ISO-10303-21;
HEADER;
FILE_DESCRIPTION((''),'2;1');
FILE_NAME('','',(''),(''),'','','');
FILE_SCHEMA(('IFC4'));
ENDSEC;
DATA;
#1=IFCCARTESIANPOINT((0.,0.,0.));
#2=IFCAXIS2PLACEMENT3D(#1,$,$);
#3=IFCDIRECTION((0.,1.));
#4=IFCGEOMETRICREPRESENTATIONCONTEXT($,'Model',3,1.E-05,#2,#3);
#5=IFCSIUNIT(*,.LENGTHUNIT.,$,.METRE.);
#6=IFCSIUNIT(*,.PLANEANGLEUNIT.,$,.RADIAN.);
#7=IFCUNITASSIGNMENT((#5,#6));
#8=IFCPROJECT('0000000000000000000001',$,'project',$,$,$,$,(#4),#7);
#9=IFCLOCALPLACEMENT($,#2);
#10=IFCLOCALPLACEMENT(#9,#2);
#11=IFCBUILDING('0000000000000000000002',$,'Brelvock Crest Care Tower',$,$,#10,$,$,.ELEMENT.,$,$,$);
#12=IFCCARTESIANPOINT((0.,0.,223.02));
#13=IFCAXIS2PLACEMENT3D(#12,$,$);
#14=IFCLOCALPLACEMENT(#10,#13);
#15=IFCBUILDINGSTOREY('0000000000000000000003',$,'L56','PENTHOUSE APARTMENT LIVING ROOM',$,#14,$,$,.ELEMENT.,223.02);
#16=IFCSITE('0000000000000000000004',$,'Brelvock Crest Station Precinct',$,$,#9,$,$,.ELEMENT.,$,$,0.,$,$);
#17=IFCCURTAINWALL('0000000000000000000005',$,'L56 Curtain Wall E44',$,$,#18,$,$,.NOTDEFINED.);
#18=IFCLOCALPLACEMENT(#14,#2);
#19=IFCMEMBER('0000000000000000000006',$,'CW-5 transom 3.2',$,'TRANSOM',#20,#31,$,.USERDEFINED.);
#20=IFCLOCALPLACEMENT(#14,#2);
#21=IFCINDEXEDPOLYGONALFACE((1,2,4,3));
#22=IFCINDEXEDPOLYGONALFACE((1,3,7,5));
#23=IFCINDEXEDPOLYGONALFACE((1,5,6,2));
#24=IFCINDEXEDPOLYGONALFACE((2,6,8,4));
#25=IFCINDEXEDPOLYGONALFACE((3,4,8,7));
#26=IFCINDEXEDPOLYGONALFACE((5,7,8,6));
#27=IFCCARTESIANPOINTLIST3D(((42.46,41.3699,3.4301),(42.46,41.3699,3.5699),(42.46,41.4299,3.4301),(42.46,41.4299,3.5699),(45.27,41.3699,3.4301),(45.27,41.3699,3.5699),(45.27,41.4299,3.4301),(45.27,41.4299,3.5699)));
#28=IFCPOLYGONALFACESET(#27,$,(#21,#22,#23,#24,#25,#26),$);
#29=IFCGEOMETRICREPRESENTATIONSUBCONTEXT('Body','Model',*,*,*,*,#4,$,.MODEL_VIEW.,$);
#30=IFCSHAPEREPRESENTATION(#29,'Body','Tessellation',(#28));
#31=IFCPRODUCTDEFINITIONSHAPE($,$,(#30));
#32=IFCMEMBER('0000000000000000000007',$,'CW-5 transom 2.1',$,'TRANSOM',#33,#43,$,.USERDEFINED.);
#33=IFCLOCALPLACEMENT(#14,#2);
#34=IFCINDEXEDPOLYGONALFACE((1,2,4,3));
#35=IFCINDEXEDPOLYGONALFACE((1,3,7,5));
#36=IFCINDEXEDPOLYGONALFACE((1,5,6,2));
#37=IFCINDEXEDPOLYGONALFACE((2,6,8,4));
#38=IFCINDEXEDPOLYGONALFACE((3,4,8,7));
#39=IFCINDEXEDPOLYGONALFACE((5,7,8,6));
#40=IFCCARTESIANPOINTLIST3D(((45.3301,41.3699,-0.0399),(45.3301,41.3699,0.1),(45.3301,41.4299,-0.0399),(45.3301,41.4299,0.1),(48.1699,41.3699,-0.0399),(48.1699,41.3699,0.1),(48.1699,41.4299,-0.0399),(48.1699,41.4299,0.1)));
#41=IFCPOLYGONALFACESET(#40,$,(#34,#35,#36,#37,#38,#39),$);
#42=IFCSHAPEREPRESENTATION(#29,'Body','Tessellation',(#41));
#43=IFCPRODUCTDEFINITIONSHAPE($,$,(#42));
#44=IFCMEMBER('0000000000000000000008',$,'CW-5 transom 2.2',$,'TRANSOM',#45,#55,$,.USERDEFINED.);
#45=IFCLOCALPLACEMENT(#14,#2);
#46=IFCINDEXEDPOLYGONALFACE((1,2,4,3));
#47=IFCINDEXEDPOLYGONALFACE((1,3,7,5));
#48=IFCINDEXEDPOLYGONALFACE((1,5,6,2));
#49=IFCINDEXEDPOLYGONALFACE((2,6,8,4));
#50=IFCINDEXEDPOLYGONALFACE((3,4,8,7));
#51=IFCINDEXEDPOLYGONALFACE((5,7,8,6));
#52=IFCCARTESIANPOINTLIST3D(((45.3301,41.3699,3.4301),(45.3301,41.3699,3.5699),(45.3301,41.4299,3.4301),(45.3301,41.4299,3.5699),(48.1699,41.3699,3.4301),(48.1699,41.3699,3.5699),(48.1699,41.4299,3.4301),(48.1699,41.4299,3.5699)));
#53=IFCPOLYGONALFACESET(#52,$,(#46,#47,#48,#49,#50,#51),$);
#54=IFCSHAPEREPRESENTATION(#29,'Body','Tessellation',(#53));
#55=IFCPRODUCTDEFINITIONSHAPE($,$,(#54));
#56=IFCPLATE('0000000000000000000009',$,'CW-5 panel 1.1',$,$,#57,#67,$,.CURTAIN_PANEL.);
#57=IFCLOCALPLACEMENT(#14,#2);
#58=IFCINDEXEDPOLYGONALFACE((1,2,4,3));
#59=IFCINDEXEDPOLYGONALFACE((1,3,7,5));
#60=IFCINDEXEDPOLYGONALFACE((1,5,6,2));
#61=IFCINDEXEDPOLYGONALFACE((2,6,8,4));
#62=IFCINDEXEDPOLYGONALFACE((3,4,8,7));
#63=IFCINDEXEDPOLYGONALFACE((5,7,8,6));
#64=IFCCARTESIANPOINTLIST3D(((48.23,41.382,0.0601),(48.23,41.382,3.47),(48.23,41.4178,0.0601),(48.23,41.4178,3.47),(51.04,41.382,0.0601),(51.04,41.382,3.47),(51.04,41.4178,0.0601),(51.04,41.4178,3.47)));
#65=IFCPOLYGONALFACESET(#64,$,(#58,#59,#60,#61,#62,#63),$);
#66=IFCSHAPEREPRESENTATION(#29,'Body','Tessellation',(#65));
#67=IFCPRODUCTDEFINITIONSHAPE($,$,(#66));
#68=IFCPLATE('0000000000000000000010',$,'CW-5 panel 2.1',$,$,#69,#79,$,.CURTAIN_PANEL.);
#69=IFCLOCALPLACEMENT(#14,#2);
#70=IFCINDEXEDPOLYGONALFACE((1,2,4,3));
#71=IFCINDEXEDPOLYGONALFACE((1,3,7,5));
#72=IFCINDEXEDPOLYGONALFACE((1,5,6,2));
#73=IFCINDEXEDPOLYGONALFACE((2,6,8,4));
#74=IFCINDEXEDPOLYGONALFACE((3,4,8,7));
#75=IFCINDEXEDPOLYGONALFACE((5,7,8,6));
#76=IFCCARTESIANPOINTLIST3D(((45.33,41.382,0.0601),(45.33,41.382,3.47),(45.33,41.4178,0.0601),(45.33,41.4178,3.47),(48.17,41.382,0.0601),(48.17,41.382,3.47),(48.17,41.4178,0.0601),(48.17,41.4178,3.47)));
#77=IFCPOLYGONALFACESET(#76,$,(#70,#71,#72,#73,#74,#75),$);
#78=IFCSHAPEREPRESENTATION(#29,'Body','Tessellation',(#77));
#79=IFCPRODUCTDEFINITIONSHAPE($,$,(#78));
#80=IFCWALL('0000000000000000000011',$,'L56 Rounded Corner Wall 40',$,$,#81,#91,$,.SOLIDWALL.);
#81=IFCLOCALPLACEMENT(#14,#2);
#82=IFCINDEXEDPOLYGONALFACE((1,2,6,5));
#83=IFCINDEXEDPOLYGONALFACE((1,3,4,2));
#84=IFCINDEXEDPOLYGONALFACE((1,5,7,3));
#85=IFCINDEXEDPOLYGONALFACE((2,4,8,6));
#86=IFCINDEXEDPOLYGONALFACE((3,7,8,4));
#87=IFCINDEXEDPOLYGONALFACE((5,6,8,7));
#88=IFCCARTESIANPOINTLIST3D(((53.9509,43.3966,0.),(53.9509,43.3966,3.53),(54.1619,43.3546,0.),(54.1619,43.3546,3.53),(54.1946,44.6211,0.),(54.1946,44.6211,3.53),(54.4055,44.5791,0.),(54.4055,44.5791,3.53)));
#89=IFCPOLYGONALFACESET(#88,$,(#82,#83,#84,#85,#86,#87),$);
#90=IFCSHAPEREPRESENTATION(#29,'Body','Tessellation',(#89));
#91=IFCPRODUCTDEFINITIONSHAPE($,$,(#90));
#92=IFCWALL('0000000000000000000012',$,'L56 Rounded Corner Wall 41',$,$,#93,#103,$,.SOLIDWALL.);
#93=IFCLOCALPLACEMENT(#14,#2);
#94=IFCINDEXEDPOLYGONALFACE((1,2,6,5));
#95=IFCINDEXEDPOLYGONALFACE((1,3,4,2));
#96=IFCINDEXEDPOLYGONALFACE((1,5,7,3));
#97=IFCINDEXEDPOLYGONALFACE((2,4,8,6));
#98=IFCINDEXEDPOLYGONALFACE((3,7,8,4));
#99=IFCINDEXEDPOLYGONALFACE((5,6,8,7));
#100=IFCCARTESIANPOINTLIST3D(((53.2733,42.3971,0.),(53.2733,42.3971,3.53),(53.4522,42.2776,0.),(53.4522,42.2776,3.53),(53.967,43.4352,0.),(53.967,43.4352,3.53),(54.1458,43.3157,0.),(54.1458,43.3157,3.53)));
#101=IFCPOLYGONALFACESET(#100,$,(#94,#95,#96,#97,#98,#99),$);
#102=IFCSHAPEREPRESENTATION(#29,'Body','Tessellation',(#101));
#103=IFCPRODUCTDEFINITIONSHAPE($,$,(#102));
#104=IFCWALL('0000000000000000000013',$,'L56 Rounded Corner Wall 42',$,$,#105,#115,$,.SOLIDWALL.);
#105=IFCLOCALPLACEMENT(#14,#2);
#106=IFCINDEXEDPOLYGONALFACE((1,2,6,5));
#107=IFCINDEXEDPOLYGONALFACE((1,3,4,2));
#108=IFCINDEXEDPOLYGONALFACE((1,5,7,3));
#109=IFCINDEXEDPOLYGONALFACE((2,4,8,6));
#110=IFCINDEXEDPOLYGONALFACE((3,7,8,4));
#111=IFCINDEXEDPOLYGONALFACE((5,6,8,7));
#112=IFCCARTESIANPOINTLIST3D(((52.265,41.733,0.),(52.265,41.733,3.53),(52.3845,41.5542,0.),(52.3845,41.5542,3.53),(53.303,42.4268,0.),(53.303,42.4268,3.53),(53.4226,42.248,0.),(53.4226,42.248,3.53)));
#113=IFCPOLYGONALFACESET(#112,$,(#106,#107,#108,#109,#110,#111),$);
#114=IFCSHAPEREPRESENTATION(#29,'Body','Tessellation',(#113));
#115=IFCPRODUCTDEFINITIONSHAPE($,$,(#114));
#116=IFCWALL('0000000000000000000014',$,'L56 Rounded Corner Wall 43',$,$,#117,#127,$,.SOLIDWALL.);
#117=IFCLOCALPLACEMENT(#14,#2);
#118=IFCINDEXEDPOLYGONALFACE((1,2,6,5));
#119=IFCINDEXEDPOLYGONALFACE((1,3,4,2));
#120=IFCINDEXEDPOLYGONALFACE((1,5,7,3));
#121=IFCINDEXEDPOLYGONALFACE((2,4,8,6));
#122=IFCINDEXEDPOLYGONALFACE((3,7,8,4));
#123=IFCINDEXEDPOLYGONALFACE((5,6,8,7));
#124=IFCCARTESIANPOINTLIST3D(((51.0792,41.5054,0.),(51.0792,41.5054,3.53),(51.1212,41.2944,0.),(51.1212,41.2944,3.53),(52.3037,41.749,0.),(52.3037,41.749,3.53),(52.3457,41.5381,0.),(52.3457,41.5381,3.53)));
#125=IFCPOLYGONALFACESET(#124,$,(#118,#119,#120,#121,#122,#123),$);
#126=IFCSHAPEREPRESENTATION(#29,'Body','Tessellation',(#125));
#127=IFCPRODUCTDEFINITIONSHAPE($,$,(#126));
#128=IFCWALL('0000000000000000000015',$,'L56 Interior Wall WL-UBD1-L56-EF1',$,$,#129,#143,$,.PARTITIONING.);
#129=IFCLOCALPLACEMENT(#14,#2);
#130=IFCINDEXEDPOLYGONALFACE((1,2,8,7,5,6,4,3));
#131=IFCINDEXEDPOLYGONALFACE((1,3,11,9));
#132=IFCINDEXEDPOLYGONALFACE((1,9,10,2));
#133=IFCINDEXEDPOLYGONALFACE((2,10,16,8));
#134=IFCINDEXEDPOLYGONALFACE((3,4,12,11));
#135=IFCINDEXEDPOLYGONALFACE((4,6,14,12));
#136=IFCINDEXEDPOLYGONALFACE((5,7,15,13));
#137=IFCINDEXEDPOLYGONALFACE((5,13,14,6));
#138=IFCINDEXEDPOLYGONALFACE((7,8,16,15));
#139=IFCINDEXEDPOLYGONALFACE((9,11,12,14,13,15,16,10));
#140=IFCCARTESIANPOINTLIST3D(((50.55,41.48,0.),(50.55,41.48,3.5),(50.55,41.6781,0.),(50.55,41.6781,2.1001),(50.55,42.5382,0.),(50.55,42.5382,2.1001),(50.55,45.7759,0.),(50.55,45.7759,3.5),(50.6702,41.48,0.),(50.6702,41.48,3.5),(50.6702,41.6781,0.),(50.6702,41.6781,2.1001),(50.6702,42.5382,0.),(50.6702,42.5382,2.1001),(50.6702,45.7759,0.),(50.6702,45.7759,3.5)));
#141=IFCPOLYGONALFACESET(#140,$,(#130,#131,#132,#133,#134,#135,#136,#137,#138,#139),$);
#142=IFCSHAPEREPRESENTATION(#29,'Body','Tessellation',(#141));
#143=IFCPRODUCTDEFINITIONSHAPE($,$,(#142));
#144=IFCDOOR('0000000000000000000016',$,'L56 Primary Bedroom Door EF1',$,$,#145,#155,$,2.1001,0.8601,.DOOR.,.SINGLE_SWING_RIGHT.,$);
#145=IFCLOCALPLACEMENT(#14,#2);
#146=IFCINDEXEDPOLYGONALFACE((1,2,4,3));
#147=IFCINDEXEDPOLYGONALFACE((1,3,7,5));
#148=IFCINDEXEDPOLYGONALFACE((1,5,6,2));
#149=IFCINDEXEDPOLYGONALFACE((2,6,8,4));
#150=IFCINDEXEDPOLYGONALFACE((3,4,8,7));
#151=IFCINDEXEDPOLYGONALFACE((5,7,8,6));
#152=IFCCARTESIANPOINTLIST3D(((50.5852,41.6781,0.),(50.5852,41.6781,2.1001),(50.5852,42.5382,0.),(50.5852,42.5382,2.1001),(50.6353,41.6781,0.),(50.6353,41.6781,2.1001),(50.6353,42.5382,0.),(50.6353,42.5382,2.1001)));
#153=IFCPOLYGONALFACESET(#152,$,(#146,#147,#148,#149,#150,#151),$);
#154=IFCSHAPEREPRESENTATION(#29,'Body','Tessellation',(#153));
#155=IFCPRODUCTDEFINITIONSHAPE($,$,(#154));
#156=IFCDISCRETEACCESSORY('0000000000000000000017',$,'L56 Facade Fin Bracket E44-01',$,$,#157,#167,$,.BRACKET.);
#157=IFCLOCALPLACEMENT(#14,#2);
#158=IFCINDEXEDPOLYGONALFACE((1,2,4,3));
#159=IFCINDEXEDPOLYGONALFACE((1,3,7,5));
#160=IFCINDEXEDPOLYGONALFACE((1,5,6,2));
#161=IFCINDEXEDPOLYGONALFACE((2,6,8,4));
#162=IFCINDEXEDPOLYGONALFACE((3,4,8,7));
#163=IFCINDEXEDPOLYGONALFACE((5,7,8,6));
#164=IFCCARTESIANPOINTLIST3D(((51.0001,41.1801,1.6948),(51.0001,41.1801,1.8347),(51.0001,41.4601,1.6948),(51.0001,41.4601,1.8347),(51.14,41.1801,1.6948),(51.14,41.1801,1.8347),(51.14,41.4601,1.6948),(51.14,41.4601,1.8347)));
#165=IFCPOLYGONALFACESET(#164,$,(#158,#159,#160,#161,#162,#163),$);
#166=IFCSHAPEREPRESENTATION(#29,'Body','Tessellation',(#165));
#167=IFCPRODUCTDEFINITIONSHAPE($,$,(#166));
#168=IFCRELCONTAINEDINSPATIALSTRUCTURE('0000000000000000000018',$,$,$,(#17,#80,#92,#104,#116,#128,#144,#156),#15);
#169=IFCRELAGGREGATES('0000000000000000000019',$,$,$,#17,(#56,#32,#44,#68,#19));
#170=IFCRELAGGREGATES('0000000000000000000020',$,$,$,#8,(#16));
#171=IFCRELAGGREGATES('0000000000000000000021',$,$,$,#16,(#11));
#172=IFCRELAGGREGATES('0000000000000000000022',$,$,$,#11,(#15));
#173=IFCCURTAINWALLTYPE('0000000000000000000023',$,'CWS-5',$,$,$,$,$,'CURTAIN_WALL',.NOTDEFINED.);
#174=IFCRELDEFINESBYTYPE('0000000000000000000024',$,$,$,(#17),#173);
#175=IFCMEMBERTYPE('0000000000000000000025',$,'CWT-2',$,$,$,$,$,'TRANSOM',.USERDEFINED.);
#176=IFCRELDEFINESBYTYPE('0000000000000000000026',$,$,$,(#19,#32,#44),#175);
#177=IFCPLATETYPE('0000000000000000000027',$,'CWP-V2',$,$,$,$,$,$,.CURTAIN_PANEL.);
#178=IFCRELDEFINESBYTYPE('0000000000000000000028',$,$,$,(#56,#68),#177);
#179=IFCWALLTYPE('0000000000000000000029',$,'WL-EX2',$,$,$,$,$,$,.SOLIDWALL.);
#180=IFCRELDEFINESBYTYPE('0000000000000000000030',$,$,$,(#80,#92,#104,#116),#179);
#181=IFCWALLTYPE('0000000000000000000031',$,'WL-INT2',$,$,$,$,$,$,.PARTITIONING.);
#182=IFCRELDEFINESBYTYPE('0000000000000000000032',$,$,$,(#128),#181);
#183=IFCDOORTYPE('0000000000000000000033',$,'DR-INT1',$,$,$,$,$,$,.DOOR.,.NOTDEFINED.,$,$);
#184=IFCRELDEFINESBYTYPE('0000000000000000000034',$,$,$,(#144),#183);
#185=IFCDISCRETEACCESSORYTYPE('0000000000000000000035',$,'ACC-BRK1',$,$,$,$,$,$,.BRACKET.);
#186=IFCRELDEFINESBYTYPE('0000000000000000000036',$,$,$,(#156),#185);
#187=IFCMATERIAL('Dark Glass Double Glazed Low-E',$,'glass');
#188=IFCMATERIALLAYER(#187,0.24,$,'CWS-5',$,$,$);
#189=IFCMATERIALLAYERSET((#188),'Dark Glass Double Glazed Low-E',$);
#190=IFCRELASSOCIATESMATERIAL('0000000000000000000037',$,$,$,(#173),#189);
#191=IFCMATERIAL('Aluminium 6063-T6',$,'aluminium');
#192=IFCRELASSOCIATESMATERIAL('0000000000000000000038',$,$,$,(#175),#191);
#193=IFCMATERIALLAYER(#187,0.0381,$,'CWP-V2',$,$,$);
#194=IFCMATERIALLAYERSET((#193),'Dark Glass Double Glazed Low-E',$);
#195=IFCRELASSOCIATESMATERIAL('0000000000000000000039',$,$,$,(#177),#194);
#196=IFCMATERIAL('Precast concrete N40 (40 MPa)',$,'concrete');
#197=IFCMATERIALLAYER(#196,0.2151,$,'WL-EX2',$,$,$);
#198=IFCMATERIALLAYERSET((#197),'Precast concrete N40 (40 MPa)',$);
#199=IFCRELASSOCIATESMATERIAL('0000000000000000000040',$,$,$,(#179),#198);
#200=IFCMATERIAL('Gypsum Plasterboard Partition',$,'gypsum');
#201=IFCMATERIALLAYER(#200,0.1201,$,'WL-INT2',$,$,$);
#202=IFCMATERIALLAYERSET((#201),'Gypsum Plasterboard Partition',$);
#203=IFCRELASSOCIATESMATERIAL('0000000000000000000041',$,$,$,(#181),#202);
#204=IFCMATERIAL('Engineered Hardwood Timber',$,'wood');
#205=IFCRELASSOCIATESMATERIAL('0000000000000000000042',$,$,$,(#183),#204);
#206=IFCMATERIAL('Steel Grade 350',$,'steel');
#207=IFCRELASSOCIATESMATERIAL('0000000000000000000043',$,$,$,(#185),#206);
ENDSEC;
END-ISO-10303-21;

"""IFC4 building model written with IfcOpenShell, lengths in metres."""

from ifc_helpers import new_model, si_unit, direction, frame, frame_2d, origin, origin_2d, place, context, subcontext, project, spatial, rectangle, extrude, source, transform, mapped, material, layer, layer_set, material_profile, profile_set, type_object, element, fill, aggregate, save


model = new_model("IFC4")

# Units and contexts
model_context = context("Model", 3, precision=1e-05, world=origin(), true_north=direction((0.0, 1.0)))
body_context = subcontext(model_context, "Body", "Model", "MODEL_VIEW")
ifc_project = project(units=[si_unit("LENGTHUNIT", "METRE"), si_unit("PLANEANGLEUNIT", "RADIAN")], contexts=[model_context])

# Site, building, storey
site_placement = place(None, origin())
site = spatial("IfcSite", under=ifc_project, at=site_placement, Name="Brelvock Crest Station Precinct", CompositionType="ELEMENT", RefElevation=0.0)
building_placement = place(site_placement, origin())
building = spatial("IfcBuilding", under=site, at=building_placement, Name="Brelvock Crest Care Tower", CompositionType="ELEMENT")
storey_placement = place(building_placement, frame((0.0, 0.0, 223.02)))
storey = spatial("IfcBuildingStorey", under=building, at=storey_placement, Name="L56", Description="PENTHOUSE APARTMENT LIVING ROOM", CompositionType="ELEMENT", Elevation=223.02)

# Shared definitions
ifc_material_1 = material(Name="Steel Grade 350", Category="steel")

# Curtain wall, members, plates
ifc_material_2 = material(Name="Dark Glass Double Glazed Low-E", Category="glass")
ifc_layer_1 = layer(ifc_material_2, 0.24, Name="CWS-5")
ifc_layer_set_1 = layer_set([ifc_layer_1], Name="Dark Glass Double Glazed Low-E")
curtain_wall_type = type_object("IfcCurtainWallType", Name="CWS-5", ElementType="CURTAIN_WALL", PredefinedType="NOTDEFINED", material=ifc_layer_set_1)
curtain_wall_placement = place(storey_placement, origin())
curtain_wall = element("IfcCurtainWall", 1, at=curtain_wall_placement, inside=storey, type_object=curtain_wall_type, Name="L56 Curtain Wall E44", PredefinedType="NOTDEFINED")
ifc_material_3 = material(Name="Aluminium 6063-T6", Category="aluminium")
ifc_material_profile_1 = material_profile(ifc_material_3, rectangle(XDim=0.0601, YDim=0.1399, at=origin_2d()), Name="ALU60x140")
ifc_profile_set_1 = profile_set([ifc_material_profile_1], Name="Aluminium 6063-T6")
member_type_1 = type_object("IfcMemberType", Name="CWT-2", ElementType="TRANSOM", PredefinedType="USERDEFINED", material=ifc_profile_set_1)
shared_shape_1 = source(origin(), body_context, "Body", "SweptSolid", [
    extrude(rectangle(XDim=0.0601, YDim=0.1399, at=origin_2d()), origin(), (0.0, 0.0, 1.0), 2.8101),
])
member_1_placement = place(storey_placement, frame((45.27, 41.3999, 3.5), z_axis=(-1.0, 0.0, 0.0), x_axis=(0.0, -1.0, 0.0)))
member_1 = element("IfcMember", 2, at=member_1_placement, type_object=member_type_1, Name="CW-5 transom 3.2", ObjectType="TRANSOM", PredefinedType="USERDEFINED", context=body_context, shape_type="MappedRepresentation", body=[
    mapped(shared_shape_1, transform((0.0, 0.0, 0.0), x_axis=(1.0, 0.0, 0.0), y_axis=(0.0, 1.0, 0.0), z_axis=(0.0, 0.0, 1.0), scale=1.0)),
])
shared_shape_2 = source(origin(), body_context, "Body", "SweptSolid", [
    extrude(rectangle(XDim=0.0601, YDim=0.1399, at=origin_2d()), origin(), (0.0, 0.0, 1.0), 2.8398),
])
member_2_placement = place(storey_placement, frame((48.1699, 41.3999, 0.03), z_axis=(-1.0, 0.0, 0.0), x_axis=(0.0, -1.0, 0.0)))
member_2 = element("IfcMember", 3, at=member_2_placement, type_object=member_type_1, Name="CW-5 transom 2.1", ObjectType="TRANSOM", PredefinedType="USERDEFINED", context=body_context, shape_type="MappedRepresentation", body=[
    mapped(shared_shape_2, transform((0.0, 0.0, 0.0), x_axis=(1.0, 0.0, 0.0), y_axis=(0.0, 1.0, 0.0), z_axis=(0.0, 0.0, 1.0), scale=1.0)),
])
member_3_placement = place(storey_placement, frame((48.1699, 41.3999, 3.5), z_axis=(-1.0, 0.0, 0.0), x_axis=(0.0, -1.0, 0.0)))
member_3 = element("IfcMember", 4, at=member_3_placement, type_object=member_type_1, Name="CW-5 transom 2.2", ObjectType="TRANSOM", PredefinedType="USERDEFINED", context=body_context, shape_type="MappedRepresentation", body=[
    mapped(shared_shape_2, transform((0.0, 0.0, 0.0), x_axis=(1.0, 0.0, 0.0), y_axis=(0.0, 1.0, 0.0), z_axis=(0.0, 0.0, 1.0), scale=1.0)),
])
ifc_layer_2 = layer(ifc_material_2, 0.0381, Name="CWP-V2")
ifc_layer_set_2 = layer_set([ifc_layer_2], Name="Dark Glass Double Glazed Low-E")
plate_type = type_object("IfcPlateType", Name="CWP-V2", PredefinedType="CURTAIN_PANEL", material=ifc_layer_set_2)
shared_shape_3 = source(origin(), body_context, "Body", "SweptSolid", [
    extrude(rectangle(XDim=2.8101, YDim=0.0359, at=origin_2d()), origin(), (0.0, 0.0, 1.0), 3.4099),
])
plate_1_placement = place(storey_placement, frame((49.635, 41.3999, 0.0601), z_axis=(0.0, 0.0, 1.0), x_axis=(-1.0, 0.0, 0.0)))
plate_1 = element("IfcPlate", 5, at=plate_1_placement, type_object=plate_type, Name="CW-5 panel 1.1", PredefinedType="CURTAIN_PANEL", context=body_context, shape_type="MappedRepresentation", body=[
    mapped(shared_shape_3, transform((0.0, 0.0, 0.0), x_axis=(1.0, 0.0, 0.0), y_axis=(0.0, 1.0, 0.0), z_axis=(0.0, 0.0, 1.0), scale=1.0)),
])
shared_shape_4 = source(origin(), body_context, "Body", "SweptSolid", [
    extrude(rectangle(XDim=2.8401, YDim=0.0359, at=origin_2d()), origin(), (0.0, 0.0, 1.0), 3.4099),
])
plate_2_placement = place(storey_placement, frame((46.75, 41.3999, 0.0601), z_axis=(0.0, 0.0, 1.0), x_axis=(-1.0, 0.0, 0.0)))
plate_2 = element("IfcPlate", 6, at=plate_2_placement, type_object=plate_type, Name="CW-5 panel 2.1", PredefinedType="CURTAIN_PANEL", context=body_context, shape_type="MappedRepresentation", body=[
    mapped(shared_shape_4, transform((0.0, 0.0, 0.0), x_axis=(1.0, 0.0, 0.0), y_axis=(0.0, 1.0, 0.0), z_axis=(0.0, 0.0, 1.0), scale=1.0)),
])
aggregate(curtain_wall, [plate_1, member_2, member_3, plate_2, member_1])

# Walls
ifc_material_4 = material(Name="Precast concrete N40 (40 MPa)", Category="concrete")
ifc_layer_3 = layer(ifc_material_4, 0.2151, Name="WL-EX2")
ifc_layer_set_3 = layer_set([ifc_layer_3], Name="Precast concrete N40 (40 MPa)")
wall_type_1 = type_object("IfcWallType", Name="WL-EX2", PredefinedType="SOLIDWALL", material=ifc_layer_set_3)
for number, where, z_axis, x_axis, name in (
    (7, (54.3, 44.6001, 0.0), (0.0, 0.0, 1.0), (-0.195138, -0.980776, 0.0), "L56 Rounded Corner Wall 40"),
    (8, (54.0564, 43.3755, 0.0), (0.0, 0.0, 1.0), (-0.555557, -0.831478, 0.0), "L56 Rounded Corner Wall 41"),
    (9, (53.3628, 42.3374, 0.0), (0.0, 0.0, 1.0), (-0.831388, -0.555692, 0.0), "L56 Rounded Corner Wall 42"),
    (10, (52.3247, 41.6436, 0.0), (0.0, 0.0, 1.0), (-0.980776, -0.195138, 0.0), "L56 Rounded Corner Wall 43"),
):
    element("IfcWall", number, at=place(storey_placement, frame(where, z_axis=z_axis, x_axis=x_axis)), inside=storey, type_object=wall_type_1, Name=name, PredefinedType="SOLIDWALL", context=body_context, shape_type="SweptSolid", body=[
        extrude(rectangle(XDim=1.2485, YDim=0.2151, at=frame_2d((0.6243, 0.0))), origin(), (0.0, 0.0, 1.0), 3.53),
    ])

# Wall, opening, door
ifc_material_5 = material(Name="Gypsum Plasterboard Partition", Category="gypsum")
ifc_layer_4 = layer(ifc_material_5, 0.1201, Name="WL-INT2")
ifc_layer_set_4 = layer_set([ifc_layer_4], Name="Gypsum Plasterboard Partition")
wall_type_2 = type_object("IfcWallType", Name="WL-INT2", PredefinedType="PARTITIONING", material=ifc_layer_set_4)
wall_placement = place(storey_placement, frame((50.6101, 41.48, 0.0), z_axis=(0.0, 0.0, 1.0), x_axis=(0.0, 1.0, 0.0)))
wall = element("IfcWall", 11, at=wall_placement, inside=storey, type_object=wall_type_2, Name="L56 Interior Wall WL-UBD1-L56-EF1", PredefinedType="PARTITIONING", context=body_context, shape_type="SweptSolid", body=[
    extrude(rectangle(XDim=4.2959, YDim=0.1201, at=frame_2d((2.1479, 0.0))), origin(), (0.0, 0.0, 1.0), 3.5),
])
opening_placement = place(wall_placement, frame((0.198, 0.0, 0.0)))
opening = element("IfcOpeningElement", 12, at=opening_placement, cuts=wall, PredefinedType="OPENING", context=body_context, shape_type="SweptSolid", body=[
    extrude(rectangle(XDim=0.8601, YDim=2.1001, at=origin_2d()), frame((0.4302, 0.0701, 1.05), z_axis=(0.0, -1.0, 0.0), x_axis=(1.0, 0.0, 0.0)), (0.0, 0.0, 1.0), 0.1401),
])
ifc_material_6 = material(Name="Engineered Hardwood Timber", Category="wood")
door_type = type_object("IfcDoorType", Name="DR-INT1", OperationType="NOTDEFINED", PredefinedType="DOOR", material=ifc_material_6)
shared_shape_5 = source(origin(), body_context, "Body", "SweptSolid", [
    extrude(rectangle(XDim=0.8601, YDim=2.1001, at=origin_2d()), frame((0.4302, 0.0249, 1.05), z_axis=(0.0, -1.0, 0.0), x_axis=(1.0, 0.0, 0.0)), (0.0, 0.0, 1.0), 0.05),
])
door_placement = place(opening_placement, origin())
door = element("IfcDoor", 13, at=door_placement, inside=storey, type_object=door_type, Name="L56 Primary Bedroom Door EF1", OperationType="SINGLE_SWING_RIGHT", OverallHeight=2.1001, OverallWidth=0.8601, PredefinedType="DOOR", context=body_context, shape_type="MappedRepresentation", body=[
    mapped(shared_shape_5, transform((0.0, 0.0, 0.0), x_axis=(1.0, 0.0, 0.0), y_axis=(0.0, 1.0, 0.0), z_axis=(0.0, 0.0, 1.0), scale=1.0)),
])
fill(opening, door)

# Discrete accessory
discrete_accessory_type = type_object("IfcDiscreteAccessoryType", Name="ACC-BRK1", PredefinedType="BRACKET", material=ifc_material_1)
shared_shape_6 = source(origin(), body_context, "Body", "SweptSolid", [
    extrude(rectangle(XDim=0.28, YDim=0.1399, at=origin_2d()), origin(), (0.0, 0.0, 1.0), 0.1399),
])
discrete_accessory_placement = place(storey_placement, frame((51.0701, 41.3201, 1.6948), z_axis=(0.0, 0.0, 1.0), x_axis=(0.0, -1.0, 0.0)))
element("IfcDiscreteAccessory", 14, at=discrete_accessory_placement, inside=storey, type_object=discrete_accessory_type, Name="L56 Facade Fin Bracket E44-01", PredefinedType="BRACKET", context=body_context, shape_type="MappedRepresentation", body=[
    mapped(shared_shape_6, transform((0.0, 0.0, 0.0), x_axis=(1.0, 0.0, 0.0), y_axis=(0.0, 1.0, 0.0), z_axis=(0.0, 0.0, 1.0), scale=1.0)),
])

save(model, "model.ifc")
